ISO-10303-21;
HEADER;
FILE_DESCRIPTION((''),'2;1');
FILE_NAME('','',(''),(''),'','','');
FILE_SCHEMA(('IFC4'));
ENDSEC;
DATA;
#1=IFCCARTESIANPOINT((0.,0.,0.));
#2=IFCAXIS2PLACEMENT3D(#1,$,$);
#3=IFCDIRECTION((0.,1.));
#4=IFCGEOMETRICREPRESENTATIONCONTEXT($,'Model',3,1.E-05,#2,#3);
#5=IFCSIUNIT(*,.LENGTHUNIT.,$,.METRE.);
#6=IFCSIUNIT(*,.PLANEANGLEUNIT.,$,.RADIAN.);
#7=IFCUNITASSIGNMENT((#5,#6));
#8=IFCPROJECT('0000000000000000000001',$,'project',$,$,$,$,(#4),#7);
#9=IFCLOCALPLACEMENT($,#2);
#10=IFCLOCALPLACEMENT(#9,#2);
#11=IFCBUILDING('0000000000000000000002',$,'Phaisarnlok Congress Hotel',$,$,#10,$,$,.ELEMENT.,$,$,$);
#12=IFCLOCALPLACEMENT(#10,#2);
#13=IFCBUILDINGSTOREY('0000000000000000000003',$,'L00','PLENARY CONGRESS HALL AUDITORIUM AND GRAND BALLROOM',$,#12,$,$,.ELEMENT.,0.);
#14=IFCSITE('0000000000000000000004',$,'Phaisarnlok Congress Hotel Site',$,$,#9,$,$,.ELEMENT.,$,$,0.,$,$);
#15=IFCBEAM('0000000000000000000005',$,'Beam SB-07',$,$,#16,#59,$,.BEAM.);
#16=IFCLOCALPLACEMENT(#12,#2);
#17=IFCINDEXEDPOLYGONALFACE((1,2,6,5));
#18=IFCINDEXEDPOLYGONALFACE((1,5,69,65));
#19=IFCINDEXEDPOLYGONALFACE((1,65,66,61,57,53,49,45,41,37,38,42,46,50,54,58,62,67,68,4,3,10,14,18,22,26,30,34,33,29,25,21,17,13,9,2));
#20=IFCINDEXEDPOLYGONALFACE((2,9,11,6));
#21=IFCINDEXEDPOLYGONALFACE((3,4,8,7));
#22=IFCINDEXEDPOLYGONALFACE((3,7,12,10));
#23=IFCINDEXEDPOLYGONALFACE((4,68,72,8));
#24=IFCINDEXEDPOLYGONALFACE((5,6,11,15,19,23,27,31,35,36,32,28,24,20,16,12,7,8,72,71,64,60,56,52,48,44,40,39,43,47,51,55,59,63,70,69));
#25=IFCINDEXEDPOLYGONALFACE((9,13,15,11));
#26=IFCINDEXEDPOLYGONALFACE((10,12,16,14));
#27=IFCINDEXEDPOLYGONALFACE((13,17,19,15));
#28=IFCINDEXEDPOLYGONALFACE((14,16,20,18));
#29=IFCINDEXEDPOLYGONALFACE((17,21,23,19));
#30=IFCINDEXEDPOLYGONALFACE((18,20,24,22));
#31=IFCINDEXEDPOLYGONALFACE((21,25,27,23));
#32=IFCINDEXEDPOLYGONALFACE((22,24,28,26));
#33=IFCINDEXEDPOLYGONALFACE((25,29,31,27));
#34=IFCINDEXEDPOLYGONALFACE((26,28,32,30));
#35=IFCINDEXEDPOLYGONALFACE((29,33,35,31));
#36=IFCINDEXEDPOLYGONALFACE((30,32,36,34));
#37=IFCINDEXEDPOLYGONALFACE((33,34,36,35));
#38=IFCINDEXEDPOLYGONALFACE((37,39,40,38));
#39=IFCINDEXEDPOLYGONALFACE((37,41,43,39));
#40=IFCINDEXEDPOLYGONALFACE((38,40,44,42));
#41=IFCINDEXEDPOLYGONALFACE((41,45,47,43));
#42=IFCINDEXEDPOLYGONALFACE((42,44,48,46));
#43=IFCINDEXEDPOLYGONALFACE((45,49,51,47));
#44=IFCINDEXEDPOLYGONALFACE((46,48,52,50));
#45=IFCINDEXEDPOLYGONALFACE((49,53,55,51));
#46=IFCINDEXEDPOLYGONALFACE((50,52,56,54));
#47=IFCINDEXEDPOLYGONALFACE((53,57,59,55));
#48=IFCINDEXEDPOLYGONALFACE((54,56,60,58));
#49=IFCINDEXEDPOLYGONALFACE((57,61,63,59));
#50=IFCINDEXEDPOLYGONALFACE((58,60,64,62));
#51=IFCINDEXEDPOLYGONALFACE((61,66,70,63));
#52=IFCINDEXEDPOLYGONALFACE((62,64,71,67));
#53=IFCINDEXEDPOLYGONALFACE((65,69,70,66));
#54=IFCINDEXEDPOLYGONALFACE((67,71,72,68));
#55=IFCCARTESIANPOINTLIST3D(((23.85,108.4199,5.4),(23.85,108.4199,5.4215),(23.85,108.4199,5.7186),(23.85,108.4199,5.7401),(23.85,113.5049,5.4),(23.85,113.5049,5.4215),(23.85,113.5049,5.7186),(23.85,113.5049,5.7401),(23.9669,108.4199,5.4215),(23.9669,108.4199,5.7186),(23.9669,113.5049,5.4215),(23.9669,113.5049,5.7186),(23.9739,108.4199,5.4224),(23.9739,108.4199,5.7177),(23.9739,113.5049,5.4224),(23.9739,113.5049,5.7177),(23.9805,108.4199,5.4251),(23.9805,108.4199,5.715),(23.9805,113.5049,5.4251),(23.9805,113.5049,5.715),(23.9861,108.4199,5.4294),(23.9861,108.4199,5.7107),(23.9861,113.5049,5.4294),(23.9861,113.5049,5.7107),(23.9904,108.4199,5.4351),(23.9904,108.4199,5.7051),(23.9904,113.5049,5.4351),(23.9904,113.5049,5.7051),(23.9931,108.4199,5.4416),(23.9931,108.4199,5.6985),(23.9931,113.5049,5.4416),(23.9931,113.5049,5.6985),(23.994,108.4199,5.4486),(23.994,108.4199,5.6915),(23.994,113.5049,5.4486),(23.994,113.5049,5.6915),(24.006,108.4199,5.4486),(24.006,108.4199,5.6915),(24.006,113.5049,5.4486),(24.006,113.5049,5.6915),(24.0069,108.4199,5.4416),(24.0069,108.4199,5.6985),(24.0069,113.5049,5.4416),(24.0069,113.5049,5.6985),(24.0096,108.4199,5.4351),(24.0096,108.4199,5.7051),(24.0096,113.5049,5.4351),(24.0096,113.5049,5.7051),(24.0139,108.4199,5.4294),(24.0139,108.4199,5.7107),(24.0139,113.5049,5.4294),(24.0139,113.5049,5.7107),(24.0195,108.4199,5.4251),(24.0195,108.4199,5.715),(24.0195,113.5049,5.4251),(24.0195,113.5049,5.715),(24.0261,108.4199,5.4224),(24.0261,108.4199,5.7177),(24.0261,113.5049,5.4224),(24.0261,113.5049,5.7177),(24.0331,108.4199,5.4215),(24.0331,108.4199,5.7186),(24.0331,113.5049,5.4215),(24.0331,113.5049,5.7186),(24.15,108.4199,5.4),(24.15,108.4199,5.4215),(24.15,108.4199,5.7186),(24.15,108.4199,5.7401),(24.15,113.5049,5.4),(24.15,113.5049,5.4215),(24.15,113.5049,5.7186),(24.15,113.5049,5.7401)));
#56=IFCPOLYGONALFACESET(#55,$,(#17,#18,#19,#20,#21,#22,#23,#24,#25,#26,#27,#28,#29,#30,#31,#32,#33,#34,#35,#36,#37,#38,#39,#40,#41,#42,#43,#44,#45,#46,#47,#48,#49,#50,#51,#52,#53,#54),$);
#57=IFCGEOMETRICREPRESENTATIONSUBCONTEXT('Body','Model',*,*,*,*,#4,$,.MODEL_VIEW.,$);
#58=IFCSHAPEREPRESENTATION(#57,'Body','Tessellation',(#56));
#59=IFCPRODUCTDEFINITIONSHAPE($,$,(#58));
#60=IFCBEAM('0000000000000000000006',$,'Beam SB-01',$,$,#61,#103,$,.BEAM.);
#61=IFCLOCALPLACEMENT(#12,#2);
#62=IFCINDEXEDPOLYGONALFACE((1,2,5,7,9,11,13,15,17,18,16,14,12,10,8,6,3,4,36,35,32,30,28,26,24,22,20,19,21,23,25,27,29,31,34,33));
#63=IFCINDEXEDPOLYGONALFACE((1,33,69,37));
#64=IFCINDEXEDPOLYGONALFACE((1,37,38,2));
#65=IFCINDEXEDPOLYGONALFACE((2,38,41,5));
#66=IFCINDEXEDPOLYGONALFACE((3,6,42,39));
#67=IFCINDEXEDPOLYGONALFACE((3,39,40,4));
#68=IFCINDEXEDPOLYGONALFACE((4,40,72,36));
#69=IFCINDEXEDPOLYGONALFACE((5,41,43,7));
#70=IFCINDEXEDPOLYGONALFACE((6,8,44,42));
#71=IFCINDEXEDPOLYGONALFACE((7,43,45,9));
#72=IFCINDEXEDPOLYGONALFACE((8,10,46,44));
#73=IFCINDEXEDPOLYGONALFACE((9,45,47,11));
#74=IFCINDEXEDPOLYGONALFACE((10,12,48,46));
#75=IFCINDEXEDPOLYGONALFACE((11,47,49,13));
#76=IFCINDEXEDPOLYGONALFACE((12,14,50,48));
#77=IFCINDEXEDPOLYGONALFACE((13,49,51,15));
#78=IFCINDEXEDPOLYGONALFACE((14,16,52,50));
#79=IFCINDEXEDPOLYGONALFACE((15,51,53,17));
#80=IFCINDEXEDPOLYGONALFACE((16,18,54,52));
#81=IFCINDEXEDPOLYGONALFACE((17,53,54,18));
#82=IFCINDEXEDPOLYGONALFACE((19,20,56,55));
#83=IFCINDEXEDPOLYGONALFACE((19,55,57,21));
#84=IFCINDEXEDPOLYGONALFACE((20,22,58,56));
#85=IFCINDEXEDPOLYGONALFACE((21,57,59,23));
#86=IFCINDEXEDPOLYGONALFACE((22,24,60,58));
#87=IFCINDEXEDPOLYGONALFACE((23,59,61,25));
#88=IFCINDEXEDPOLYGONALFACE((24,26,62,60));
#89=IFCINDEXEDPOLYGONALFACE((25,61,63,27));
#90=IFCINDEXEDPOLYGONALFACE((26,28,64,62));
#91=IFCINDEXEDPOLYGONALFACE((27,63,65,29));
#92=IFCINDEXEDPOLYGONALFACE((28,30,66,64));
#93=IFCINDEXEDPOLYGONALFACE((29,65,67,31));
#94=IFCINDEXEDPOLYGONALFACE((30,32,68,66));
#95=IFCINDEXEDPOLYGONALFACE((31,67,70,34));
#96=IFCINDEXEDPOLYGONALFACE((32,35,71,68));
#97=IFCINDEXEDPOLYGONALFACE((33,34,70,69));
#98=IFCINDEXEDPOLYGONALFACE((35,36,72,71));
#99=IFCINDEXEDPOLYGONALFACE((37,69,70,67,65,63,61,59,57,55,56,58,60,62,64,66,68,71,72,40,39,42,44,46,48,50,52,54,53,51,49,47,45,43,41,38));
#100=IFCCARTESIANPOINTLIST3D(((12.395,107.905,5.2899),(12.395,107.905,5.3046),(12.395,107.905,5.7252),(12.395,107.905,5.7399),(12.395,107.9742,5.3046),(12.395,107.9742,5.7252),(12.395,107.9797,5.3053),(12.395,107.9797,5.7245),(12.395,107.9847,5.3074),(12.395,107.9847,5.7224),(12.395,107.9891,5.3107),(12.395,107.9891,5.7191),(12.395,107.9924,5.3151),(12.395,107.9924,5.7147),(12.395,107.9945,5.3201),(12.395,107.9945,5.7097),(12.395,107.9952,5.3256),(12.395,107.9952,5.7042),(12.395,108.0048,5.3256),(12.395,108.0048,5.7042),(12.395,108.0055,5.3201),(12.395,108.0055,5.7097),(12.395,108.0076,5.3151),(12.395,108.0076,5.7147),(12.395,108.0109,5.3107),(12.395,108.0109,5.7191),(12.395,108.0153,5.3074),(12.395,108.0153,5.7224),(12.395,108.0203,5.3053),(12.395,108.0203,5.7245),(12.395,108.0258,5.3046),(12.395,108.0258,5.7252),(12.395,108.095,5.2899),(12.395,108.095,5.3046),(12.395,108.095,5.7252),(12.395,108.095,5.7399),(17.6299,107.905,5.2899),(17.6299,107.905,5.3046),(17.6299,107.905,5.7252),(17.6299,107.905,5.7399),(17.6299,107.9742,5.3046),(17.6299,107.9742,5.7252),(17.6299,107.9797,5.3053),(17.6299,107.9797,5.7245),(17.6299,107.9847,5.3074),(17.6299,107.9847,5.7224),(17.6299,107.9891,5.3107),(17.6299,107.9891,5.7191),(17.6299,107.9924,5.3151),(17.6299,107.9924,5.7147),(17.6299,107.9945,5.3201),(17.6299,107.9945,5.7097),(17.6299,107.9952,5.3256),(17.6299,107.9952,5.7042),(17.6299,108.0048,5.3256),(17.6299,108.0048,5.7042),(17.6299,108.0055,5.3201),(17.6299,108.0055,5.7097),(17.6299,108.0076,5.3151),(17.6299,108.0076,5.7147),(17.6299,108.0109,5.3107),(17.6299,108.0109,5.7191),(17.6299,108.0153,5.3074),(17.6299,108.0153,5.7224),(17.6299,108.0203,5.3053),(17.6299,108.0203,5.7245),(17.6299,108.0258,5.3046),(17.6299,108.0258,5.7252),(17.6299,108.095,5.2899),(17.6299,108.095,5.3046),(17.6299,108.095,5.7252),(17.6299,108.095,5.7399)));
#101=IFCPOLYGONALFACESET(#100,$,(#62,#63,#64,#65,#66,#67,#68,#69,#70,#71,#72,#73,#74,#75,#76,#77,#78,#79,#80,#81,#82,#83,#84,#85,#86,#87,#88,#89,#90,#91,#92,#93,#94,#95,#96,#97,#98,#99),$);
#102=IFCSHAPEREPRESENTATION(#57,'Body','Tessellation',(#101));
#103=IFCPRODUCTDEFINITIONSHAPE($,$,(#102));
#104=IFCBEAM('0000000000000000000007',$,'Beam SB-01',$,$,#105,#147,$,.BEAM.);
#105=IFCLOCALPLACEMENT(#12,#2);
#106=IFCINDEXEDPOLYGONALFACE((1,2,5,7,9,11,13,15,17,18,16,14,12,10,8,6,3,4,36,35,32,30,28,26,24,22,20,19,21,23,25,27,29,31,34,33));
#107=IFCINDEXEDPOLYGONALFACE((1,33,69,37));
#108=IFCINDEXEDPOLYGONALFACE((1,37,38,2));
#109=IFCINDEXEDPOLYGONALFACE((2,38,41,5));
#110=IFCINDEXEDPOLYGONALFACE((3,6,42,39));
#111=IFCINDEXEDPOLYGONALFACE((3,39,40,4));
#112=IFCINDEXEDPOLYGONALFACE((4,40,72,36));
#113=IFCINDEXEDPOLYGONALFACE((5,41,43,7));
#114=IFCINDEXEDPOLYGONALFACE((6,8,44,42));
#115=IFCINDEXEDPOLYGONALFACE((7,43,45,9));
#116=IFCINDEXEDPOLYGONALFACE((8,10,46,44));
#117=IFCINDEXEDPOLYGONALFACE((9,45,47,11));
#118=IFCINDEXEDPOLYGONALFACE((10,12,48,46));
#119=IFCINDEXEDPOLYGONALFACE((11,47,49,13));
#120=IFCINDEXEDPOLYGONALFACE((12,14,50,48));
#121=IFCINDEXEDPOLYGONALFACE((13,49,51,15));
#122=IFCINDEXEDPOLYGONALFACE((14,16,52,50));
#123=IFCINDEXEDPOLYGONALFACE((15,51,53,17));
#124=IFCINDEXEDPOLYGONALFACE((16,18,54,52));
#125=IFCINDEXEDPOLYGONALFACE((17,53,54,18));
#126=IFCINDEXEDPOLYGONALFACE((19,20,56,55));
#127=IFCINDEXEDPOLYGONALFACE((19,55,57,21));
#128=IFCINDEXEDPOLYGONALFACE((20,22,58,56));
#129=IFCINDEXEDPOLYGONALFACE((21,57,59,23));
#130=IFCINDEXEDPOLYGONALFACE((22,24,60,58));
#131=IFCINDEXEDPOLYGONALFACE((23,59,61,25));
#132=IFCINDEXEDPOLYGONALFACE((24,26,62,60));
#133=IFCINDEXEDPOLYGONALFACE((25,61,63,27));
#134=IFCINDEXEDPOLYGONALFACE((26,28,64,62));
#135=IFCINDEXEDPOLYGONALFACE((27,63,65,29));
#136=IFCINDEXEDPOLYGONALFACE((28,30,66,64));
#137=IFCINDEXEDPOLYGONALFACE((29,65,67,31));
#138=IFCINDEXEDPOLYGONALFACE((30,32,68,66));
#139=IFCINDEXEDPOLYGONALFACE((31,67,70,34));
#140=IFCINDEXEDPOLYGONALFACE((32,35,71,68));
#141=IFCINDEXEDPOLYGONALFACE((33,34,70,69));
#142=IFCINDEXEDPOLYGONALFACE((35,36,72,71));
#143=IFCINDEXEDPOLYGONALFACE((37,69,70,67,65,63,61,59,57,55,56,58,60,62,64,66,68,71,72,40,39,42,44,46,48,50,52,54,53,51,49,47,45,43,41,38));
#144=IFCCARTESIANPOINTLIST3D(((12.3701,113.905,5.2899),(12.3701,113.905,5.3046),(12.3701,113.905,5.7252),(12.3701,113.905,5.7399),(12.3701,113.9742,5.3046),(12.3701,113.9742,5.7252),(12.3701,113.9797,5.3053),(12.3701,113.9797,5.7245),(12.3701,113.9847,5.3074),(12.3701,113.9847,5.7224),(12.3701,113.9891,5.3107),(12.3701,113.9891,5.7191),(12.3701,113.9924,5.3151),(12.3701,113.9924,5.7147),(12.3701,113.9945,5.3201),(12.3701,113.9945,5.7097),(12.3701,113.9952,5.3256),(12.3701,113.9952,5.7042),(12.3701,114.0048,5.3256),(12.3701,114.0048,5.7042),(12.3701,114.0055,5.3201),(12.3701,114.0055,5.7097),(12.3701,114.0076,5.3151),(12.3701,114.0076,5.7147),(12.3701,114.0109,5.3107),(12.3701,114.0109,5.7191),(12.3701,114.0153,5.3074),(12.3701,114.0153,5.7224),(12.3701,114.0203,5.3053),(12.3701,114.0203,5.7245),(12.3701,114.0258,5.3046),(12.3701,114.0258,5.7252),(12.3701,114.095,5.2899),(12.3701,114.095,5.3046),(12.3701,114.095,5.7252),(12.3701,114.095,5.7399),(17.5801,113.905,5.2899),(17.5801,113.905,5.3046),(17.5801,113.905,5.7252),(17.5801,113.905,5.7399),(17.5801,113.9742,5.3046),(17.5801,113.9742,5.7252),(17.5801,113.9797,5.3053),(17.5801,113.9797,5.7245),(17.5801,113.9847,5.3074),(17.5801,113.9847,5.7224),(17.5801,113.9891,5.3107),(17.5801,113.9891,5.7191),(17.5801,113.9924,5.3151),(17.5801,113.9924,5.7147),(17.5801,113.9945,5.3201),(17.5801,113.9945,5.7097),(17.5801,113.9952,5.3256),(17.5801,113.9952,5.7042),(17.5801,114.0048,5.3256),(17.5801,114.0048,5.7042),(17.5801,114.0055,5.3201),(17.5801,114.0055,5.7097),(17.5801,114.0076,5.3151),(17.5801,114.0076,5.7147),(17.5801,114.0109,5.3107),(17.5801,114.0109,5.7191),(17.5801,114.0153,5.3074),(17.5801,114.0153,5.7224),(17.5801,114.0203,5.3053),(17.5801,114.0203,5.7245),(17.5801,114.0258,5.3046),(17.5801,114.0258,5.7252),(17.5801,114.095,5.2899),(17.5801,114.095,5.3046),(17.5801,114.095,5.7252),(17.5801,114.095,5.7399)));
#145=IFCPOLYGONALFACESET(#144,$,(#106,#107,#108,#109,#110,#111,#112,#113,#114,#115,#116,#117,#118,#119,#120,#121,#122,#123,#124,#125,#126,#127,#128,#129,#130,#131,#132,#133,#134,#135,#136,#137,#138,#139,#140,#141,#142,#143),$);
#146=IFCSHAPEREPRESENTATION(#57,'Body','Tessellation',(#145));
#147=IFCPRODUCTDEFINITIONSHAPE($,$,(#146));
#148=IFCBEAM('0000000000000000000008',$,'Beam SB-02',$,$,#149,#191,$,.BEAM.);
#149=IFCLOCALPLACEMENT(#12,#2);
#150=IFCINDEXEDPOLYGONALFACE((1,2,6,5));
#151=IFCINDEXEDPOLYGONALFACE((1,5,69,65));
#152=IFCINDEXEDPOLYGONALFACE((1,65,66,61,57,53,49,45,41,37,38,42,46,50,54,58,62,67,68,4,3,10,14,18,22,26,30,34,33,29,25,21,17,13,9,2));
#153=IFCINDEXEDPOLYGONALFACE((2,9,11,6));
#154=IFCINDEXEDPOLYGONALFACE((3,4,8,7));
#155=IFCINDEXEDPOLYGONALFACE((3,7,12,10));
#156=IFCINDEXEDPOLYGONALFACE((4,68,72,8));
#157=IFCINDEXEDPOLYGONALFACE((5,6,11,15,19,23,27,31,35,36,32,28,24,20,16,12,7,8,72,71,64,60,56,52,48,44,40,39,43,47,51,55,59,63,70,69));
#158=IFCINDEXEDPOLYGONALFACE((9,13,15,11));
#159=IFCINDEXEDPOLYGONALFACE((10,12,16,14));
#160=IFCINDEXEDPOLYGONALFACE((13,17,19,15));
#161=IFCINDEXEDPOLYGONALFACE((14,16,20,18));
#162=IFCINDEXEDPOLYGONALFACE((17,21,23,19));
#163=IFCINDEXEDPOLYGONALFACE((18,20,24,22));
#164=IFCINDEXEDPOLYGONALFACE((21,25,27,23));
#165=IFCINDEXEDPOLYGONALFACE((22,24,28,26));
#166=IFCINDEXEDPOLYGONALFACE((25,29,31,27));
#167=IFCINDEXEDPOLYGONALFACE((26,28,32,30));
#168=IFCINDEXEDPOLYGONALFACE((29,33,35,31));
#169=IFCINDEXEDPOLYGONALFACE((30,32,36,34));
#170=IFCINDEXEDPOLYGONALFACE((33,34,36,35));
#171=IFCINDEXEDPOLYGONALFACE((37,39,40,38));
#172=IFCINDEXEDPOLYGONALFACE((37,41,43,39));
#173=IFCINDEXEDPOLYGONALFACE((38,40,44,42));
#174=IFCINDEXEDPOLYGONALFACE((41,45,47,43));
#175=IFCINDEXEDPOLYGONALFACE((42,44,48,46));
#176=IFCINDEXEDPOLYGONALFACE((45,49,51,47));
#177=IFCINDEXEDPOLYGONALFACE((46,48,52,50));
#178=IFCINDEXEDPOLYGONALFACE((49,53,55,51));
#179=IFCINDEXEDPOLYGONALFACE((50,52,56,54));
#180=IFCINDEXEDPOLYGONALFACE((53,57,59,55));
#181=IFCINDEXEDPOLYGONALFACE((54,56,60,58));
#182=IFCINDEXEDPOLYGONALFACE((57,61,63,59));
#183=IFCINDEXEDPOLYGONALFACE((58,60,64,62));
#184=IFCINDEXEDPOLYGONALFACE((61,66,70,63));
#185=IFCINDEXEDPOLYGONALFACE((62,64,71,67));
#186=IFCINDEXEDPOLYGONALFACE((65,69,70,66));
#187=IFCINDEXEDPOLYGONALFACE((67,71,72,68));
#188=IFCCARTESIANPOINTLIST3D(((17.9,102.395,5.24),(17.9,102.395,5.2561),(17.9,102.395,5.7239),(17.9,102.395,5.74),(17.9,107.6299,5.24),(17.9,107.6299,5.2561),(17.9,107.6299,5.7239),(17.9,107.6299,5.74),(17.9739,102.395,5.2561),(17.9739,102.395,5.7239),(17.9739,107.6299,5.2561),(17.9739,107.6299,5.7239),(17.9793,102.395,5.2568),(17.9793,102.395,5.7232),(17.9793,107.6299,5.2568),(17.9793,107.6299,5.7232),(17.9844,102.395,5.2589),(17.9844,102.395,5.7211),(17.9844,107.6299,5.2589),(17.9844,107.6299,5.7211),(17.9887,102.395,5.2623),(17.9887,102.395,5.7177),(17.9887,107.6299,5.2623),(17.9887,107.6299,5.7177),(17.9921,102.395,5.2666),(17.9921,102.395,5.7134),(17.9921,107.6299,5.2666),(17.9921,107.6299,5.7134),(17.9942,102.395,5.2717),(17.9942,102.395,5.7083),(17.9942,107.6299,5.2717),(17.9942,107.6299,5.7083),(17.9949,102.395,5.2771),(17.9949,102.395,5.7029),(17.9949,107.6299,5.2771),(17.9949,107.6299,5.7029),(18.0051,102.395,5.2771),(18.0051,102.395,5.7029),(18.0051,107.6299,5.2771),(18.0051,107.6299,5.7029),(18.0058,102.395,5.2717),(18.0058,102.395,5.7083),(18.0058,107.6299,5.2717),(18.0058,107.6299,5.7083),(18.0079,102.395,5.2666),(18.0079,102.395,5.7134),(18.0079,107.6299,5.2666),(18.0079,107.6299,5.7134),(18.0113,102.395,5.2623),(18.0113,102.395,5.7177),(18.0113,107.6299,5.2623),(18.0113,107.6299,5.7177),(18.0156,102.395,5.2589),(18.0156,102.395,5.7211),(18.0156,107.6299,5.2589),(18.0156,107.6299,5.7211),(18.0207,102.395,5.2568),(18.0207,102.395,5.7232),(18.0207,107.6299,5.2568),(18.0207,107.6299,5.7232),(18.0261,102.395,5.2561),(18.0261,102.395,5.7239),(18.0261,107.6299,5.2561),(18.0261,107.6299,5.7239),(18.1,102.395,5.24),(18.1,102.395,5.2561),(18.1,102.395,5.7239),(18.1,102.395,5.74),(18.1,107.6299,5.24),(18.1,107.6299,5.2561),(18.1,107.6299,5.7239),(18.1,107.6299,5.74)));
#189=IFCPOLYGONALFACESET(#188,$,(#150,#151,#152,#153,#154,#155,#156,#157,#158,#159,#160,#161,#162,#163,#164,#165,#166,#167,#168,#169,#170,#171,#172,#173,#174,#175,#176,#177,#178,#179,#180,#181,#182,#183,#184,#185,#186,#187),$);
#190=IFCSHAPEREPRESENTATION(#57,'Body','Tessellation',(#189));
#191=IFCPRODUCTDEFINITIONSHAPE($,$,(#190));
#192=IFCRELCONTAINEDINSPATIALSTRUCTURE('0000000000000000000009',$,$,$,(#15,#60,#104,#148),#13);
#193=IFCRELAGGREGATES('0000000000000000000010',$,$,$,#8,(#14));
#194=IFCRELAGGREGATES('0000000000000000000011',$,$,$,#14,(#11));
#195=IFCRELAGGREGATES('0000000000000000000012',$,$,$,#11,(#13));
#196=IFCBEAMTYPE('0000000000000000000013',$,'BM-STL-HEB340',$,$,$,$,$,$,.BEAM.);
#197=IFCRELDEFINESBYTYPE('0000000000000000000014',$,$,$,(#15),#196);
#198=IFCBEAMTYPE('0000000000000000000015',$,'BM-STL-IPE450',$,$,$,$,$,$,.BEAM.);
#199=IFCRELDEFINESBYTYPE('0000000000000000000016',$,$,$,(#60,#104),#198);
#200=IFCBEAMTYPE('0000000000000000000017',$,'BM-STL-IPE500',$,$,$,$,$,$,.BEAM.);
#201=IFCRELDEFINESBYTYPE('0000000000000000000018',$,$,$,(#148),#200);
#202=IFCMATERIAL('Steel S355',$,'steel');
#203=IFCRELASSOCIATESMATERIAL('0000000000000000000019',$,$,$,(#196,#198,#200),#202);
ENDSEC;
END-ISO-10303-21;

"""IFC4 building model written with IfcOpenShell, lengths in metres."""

from ifc_helpers import new_model, si_unit, direction, frame, origin, origin_2d, place, context, subcontext, project, spatial, i_section, extrude, material, material_profile, profile_set, type_object, element, save


model = new_model("IFC4")

# Units and contexts
model_context = context("Model", 3, precision=1e-05, world=origin(), true_north=direction((0.0, 1.0)))
body_context = subcontext(model_context, "Body", "Model", "MODEL_VIEW")
ifc_project = project(units=[si_unit("LENGTHUNIT", "METRE"), si_unit("PLANEANGLEUNIT", "RADIAN")], contexts=[model_context])

# Site, building, storey
site_placement = place(None, origin())
site = spatial("IfcSite", under=ifc_project, at=site_placement, Name="Phaisarnlok Congress Hotel Site", CompositionType="ELEMENT", RefElevation=0.0)
building_placement = place(site_placement, origin())
building = spatial("IfcBuilding", under=site, at=building_placement, Name="Phaisarnlok Congress Hotel", CompositionType="ELEMENT")
storey_placement = place(building_placement, origin())
storey = spatial("IfcBuildingStorey", under=building, at=storey_placement, Name="L00", Description="PLENARY CONGRESS HALL AUDITORIUM AND GRAND BALLROOM", CompositionType="ELEMENT", Elevation=0.0)

# Shared definitions
ifc_material_1 = material(Name="Steel S355", Category="steel")

# Beams
ifc_material_profile_1 = material_profile(ifc_material_1, i_section(OverallWidth=0.3, OverallDepth=0.3401, WebThickness=0.012, FlangeThickness=0.0215, FilletRadius=0.0271, at=origin_2d()), Name="HEB 340")
ifc_profile_set_1 = profile_set([ifc_material_profile_1], Name="Steel S355")
beam_type_1 = type_object("IfcBeamType", Name="BM-STL-HEB340", PredefinedType="BEAM", material=ifc_profile_set_1)
beam_1_placement = place(storey_placement, frame((24.0, 108.4199, 5.5701), z_axis=(0.0, 1.0, 0.0), x_axis=(-1.0, 0.0, 0.0)))
element("IfcBeam", 1, at=beam_1_placement, inside=storey, type_object=beam_type_1, Name="Beam SB-07", PredefinedType="BEAM", context=body_context, shape_type="SweptSolid", body=[
    extrude(i_section(OverallWidth=0.3, OverallDepth=0.3401, WebThickness=0.012, FlangeThickness=0.0215, FilletRadius=0.0271, at=origin_2d()), origin(), (0.0, 0.0, 1.0), 5.085),
])
ifc_material_profile_2 = material_profile(ifc_material_1, i_section(OverallWidth=0.1899, OverallDepth=0.45, WebThickness=0.0095, FlangeThickness=0.0146, FilletRadius=0.021, at=origin_2d()), Name="IPE 450")
ifc_profile_set_2 = profile_set([ifc_material_profile_2], Name="Steel S355")
beam_type_2 = type_object("IfcBeamType", Name="BM-STL-IPE450", PredefinedType="BEAM", material=ifc_profile_set_2)
beam_2_placement = place(storey_placement, frame((12.395, 108.0, 5.5149), z_axis=(1.0, 0.0, 0.0), x_axis=(0.0, 1.0, 0.0)))
element("IfcBeam", 2, at=beam_2_placement, inside=storey, type_object=beam_type_2, Name="Beam SB-01", PredefinedType="BEAM", context=body_context, shape_type="SweptSolid", body=[
    extrude(i_section(OverallWidth=0.1899, OverallDepth=0.45, WebThickness=0.0095, FlangeThickness=0.0146, FilletRadius=0.021, at=origin_2d()), origin(), (0.0, 0.0, 1.0), 5.2349),
])
beam_3_placement = place(storey_placement, frame((12.3701, 114.0, 5.5149), z_axis=(1.0, 0.0, 0.0), x_axis=(0.0, 1.0, 0.0)))
element("IfcBeam", 3, at=beam_3_placement, inside=storey, type_object=beam_type_2, Name="Beam SB-01", PredefinedType="BEAM", context=body_context, shape_type="SweptSolid", body=[
    extrude(i_section(OverallWidth=0.1899, OverallDepth=0.45, WebThickness=0.0095, FlangeThickness=0.0146, FilletRadius=0.021, at=origin_2d()), origin(), (0.0, 0.0, 1.0), 5.21),
])
ifc_material_profile_3 = material_profile(ifc_material_1, i_section(OverallWidth=0.2, OverallDepth=0.5, WebThickness=0.0103, FlangeThickness=0.0161, FilletRadius=0.021, at=origin_2d()), Name="IPE 500")
ifc_profile_set_3 = profile_set([ifc_material_profile_3], Name="Steel S355")
beam_type_3 = type_object("IfcBeamType", Name="BM-STL-IPE500", PredefinedType="BEAM", material=ifc_profile_set_3)
beam_4_placement = place(storey_placement, frame((18.0, 102.395, 5.49), z_axis=(0.0, 1.0, 0.0), x_axis=(-1.0, 0.0, 0.0)))
element("IfcBeam", 4, at=beam_4_placement, inside=storey, type_object=beam_type_3, Name="Beam SB-02", PredefinedType="BEAM", context=body_context, shape_type="SweptSolid", body=[
    extrude(i_section(OverallWidth=0.2, OverallDepth=0.5, WebThickness=0.0103, FlangeThickness=0.0161, FilletRadius=0.021, at=origin_2d()), origin(), (0.0, 0.0, 1.0), 5.2349),
])

save(model, "model.ifc")
